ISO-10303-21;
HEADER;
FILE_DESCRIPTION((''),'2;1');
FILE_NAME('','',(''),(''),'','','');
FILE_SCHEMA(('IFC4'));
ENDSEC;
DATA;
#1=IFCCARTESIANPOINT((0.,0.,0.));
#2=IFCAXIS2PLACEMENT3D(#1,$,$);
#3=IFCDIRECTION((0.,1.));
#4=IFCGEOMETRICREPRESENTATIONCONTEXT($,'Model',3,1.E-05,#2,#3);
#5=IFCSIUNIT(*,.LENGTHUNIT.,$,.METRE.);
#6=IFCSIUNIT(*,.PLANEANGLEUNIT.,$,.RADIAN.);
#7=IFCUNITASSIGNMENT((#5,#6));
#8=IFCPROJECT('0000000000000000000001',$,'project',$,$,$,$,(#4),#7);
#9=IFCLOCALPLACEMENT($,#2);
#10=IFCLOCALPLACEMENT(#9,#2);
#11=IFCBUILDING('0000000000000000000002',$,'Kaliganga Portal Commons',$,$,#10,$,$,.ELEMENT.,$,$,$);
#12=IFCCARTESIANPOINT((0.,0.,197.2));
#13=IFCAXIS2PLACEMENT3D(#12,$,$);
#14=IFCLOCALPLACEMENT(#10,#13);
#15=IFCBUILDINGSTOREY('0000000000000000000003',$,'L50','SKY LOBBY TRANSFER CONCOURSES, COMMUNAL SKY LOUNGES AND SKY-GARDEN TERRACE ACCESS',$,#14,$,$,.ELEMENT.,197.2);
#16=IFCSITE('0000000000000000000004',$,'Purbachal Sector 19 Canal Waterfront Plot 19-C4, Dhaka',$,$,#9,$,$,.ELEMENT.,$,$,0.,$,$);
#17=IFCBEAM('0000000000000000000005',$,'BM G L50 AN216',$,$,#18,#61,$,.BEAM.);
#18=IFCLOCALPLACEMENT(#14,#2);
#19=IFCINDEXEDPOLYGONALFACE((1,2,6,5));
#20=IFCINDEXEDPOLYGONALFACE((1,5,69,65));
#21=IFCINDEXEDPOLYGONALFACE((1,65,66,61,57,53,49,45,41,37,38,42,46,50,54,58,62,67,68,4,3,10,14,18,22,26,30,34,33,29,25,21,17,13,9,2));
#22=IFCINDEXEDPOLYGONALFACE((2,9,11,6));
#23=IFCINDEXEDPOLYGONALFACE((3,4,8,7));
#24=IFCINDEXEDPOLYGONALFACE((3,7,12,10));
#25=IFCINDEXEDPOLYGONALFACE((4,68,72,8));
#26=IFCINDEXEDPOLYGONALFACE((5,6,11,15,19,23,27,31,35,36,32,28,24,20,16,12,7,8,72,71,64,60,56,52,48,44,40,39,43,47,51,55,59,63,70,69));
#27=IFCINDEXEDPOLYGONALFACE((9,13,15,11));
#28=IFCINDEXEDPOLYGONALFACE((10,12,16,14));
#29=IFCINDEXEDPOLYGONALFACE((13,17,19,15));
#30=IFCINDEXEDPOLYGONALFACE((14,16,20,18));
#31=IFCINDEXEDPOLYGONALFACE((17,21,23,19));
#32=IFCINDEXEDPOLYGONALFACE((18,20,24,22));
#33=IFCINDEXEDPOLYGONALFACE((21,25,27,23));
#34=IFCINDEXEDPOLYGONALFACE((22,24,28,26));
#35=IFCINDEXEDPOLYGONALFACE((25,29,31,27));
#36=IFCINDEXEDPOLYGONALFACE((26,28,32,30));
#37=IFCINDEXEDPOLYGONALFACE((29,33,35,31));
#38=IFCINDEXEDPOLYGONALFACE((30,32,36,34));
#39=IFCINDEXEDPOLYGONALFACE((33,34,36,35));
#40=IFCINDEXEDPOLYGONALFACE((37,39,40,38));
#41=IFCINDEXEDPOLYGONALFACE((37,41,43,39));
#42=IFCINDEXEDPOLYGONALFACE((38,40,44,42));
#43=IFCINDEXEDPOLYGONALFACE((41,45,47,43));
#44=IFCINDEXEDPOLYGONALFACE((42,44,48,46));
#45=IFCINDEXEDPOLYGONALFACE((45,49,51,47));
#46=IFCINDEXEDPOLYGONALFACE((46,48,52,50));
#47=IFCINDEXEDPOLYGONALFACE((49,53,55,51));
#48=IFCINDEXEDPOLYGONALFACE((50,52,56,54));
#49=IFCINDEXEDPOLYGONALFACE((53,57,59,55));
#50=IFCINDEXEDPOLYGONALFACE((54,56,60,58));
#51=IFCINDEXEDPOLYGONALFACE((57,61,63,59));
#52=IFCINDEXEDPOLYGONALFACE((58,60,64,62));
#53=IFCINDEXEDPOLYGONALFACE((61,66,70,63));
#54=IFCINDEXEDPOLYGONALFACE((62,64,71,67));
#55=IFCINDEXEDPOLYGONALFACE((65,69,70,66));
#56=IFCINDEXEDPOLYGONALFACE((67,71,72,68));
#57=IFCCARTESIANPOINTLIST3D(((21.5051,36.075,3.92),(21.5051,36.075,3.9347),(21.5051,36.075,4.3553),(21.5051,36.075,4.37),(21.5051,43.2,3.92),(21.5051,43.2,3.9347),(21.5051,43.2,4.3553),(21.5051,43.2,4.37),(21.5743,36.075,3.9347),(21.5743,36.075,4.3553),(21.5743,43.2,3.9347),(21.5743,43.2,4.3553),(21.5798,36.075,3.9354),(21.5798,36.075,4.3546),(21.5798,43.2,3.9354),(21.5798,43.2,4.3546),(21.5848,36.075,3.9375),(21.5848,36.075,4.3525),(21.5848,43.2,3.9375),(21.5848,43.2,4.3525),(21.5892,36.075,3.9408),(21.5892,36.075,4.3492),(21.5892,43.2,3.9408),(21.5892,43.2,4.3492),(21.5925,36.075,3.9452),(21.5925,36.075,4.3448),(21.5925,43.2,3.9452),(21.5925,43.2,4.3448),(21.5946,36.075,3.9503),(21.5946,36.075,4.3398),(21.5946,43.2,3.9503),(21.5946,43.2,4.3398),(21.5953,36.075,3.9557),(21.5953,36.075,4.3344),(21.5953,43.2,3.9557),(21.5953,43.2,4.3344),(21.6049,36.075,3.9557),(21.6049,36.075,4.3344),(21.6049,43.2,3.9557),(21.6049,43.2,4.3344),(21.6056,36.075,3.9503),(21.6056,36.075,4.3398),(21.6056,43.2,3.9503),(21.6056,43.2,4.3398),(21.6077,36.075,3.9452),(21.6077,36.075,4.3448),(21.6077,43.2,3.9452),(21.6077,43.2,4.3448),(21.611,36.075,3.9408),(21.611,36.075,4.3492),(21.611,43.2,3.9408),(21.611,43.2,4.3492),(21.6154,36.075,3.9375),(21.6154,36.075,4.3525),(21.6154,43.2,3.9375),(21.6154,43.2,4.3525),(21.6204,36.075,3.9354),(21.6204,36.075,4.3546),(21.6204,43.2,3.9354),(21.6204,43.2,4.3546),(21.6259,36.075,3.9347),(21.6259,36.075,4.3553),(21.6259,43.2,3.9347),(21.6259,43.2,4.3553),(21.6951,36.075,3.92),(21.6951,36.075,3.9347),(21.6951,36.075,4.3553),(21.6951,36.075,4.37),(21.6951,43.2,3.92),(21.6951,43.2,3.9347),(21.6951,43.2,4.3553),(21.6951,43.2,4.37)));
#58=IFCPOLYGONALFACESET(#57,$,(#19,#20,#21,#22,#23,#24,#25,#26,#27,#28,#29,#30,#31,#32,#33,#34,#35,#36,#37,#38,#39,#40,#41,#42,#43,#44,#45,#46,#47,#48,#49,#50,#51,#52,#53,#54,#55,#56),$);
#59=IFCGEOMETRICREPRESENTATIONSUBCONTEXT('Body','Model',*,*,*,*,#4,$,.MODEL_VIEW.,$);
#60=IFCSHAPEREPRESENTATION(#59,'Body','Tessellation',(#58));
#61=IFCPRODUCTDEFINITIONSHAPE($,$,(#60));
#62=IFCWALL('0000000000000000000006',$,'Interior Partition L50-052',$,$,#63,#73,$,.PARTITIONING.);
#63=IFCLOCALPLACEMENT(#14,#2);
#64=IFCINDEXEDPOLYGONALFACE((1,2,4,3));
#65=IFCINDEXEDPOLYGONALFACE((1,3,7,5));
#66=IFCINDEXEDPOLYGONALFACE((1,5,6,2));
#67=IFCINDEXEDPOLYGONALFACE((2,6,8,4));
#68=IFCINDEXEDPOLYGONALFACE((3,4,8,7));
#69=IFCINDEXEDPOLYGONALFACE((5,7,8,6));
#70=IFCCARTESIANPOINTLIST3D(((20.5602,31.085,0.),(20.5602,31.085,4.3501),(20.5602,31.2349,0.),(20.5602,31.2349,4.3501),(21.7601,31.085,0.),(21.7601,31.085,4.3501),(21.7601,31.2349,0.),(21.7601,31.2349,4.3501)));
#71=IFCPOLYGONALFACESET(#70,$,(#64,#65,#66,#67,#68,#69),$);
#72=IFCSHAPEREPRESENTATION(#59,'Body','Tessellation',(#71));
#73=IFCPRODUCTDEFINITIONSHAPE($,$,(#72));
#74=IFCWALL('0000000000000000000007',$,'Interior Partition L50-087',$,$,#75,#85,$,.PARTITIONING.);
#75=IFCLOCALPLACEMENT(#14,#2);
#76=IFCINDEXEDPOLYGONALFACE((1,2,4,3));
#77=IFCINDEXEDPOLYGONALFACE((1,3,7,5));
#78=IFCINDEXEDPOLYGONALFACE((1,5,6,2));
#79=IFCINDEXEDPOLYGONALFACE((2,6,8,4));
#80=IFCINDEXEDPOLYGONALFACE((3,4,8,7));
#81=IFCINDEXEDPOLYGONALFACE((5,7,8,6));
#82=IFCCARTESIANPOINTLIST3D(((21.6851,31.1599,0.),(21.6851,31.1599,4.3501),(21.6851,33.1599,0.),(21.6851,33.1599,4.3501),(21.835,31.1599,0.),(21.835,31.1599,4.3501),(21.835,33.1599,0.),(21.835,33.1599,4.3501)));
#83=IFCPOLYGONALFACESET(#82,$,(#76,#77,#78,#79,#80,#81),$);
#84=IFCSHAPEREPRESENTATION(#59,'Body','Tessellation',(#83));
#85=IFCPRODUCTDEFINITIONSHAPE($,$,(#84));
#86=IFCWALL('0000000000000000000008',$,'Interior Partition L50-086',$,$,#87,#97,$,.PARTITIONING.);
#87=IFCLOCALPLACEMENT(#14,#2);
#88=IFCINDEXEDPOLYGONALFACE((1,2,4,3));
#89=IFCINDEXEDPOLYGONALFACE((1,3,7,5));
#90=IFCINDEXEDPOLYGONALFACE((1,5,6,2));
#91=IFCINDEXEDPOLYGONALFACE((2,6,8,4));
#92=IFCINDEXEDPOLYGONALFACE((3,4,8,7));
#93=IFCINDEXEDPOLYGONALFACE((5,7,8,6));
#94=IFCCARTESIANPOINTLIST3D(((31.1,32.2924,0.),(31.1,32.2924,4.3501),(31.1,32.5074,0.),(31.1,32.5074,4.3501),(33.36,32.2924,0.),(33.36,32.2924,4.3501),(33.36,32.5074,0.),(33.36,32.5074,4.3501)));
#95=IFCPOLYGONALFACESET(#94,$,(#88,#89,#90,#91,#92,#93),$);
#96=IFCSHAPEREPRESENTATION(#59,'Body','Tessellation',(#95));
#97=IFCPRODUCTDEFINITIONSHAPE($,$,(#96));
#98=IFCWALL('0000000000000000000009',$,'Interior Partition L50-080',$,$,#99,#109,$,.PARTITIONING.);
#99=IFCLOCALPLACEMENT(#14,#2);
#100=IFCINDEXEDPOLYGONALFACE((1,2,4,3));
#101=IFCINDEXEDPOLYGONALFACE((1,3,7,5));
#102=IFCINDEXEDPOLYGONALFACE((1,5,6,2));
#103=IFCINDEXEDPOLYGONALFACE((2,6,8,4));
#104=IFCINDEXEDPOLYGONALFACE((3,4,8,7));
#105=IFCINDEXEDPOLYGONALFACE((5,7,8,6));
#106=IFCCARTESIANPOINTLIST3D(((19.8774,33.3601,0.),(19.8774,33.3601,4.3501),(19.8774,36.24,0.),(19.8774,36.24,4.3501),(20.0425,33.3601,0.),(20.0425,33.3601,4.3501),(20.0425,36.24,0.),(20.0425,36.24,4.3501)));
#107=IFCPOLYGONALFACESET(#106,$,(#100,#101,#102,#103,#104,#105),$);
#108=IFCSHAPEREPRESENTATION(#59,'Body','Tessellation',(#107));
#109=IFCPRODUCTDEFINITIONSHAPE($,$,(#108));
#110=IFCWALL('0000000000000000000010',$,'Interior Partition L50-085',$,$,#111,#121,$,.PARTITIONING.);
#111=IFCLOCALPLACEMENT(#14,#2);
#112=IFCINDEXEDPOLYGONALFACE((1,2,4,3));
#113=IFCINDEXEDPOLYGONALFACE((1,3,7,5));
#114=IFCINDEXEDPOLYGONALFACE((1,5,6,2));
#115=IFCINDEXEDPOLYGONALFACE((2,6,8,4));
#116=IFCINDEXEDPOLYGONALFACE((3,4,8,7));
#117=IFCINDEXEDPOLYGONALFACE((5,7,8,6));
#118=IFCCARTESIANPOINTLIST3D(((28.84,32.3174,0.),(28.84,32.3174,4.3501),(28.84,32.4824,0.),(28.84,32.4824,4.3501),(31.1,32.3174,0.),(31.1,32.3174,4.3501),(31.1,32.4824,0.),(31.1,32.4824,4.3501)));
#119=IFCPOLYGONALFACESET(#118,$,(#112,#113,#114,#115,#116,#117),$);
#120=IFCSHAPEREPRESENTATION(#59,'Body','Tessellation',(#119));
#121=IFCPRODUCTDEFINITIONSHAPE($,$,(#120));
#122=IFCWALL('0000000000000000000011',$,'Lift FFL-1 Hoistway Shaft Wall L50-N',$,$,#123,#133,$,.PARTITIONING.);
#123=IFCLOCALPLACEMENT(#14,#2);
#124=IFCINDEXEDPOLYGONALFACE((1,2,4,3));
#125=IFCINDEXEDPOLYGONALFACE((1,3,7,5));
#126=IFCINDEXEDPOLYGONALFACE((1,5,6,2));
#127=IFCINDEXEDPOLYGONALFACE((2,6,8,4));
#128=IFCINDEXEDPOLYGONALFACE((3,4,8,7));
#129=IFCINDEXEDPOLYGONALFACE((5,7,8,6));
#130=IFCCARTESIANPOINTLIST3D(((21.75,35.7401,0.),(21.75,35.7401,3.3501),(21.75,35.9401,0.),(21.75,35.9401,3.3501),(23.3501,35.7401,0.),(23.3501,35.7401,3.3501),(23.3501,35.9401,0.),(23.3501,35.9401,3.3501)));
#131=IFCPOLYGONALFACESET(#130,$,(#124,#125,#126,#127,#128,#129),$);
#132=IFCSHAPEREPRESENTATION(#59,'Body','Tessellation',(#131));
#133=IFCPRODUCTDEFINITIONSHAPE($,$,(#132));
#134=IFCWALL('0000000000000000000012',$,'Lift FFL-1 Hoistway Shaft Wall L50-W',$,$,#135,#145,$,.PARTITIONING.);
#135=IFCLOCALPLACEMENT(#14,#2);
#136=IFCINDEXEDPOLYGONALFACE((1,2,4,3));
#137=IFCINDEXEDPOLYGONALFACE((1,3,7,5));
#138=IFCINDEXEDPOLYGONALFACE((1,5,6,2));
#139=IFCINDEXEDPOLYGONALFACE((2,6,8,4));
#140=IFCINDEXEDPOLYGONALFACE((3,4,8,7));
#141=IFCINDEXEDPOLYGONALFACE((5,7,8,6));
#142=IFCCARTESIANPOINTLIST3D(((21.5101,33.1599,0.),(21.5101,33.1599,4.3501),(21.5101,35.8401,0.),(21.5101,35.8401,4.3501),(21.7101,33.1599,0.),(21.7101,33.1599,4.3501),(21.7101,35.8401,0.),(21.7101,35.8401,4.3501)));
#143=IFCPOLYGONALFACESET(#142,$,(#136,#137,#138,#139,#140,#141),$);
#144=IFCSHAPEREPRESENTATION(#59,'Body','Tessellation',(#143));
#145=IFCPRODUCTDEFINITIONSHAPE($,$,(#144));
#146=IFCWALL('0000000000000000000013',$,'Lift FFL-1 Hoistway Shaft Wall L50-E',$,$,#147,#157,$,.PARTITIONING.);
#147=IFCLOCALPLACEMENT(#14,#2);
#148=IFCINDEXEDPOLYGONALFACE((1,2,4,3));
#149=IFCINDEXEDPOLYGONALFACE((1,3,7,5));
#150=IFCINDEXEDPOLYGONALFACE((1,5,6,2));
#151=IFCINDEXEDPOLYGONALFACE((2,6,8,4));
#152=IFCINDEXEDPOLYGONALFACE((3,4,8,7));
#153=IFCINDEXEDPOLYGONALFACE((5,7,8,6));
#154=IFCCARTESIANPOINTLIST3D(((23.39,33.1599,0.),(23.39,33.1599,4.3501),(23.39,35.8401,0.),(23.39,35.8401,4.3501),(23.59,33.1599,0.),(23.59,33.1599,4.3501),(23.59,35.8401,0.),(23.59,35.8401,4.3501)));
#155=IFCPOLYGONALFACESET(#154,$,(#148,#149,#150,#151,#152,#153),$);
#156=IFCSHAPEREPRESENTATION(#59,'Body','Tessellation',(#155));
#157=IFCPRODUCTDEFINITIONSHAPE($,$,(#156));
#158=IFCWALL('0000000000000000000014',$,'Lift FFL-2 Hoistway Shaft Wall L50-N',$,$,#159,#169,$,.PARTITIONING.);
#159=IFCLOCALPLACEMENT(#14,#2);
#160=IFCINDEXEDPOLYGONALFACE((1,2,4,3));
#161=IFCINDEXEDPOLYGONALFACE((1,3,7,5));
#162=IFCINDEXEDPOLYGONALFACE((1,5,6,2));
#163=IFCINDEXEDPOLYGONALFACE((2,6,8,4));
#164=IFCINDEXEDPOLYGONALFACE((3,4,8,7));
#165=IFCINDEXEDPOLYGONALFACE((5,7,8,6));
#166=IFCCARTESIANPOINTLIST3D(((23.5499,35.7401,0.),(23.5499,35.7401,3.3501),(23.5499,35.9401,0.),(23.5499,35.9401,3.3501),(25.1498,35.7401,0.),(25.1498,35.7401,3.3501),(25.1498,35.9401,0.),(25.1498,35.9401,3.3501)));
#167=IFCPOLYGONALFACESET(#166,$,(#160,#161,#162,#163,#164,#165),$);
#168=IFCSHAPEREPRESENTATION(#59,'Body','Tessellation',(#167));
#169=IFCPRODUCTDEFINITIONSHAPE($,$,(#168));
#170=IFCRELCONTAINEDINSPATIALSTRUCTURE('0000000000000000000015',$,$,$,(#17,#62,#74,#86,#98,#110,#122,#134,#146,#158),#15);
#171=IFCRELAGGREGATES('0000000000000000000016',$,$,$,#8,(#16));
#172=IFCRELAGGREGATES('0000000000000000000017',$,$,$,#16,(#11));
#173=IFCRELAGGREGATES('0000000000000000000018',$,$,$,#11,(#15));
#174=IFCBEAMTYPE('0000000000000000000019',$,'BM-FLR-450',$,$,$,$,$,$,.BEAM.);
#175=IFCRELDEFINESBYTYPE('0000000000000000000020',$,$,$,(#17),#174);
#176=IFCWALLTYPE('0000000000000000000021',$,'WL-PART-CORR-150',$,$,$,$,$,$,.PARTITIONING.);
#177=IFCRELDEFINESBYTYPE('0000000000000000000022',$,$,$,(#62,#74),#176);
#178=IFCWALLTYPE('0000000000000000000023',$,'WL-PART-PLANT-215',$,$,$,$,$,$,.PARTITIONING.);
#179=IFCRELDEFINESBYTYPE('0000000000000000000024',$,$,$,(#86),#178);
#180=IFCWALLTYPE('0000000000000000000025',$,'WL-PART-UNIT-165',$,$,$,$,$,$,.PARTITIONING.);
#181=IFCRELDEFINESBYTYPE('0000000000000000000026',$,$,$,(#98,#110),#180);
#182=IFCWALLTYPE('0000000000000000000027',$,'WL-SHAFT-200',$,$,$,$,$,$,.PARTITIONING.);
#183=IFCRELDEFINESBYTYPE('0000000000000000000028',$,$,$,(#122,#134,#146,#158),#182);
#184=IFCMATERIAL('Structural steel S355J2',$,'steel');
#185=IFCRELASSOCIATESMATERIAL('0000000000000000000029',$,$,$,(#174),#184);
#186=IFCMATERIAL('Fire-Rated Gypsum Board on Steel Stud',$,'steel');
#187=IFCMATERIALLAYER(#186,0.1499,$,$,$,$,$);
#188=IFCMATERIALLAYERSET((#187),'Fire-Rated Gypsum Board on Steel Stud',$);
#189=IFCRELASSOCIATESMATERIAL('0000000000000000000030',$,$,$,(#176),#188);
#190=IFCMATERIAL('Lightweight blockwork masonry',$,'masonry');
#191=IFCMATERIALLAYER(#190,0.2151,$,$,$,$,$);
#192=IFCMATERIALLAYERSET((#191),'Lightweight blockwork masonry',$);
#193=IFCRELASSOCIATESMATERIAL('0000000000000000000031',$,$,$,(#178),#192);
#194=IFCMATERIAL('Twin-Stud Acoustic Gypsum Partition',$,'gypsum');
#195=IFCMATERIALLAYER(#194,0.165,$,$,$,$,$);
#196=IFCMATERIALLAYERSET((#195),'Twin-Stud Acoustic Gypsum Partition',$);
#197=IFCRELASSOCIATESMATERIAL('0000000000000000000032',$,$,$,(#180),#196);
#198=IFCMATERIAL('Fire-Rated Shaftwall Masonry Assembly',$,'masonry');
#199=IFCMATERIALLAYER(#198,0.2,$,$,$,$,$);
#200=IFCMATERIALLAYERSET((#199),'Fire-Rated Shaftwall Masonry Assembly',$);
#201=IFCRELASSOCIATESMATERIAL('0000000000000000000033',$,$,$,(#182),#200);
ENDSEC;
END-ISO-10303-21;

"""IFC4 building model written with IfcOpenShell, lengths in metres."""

from ifc_helpers import new_model, si_unit, direction, frame, frame_2d, origin, origin_2d, place, context, subcontext, project, spatial, rectangle, i_section, extrude, source, transform, mapped, material, layer, layer_set, material_profile, profile_set, type_object, element, save


model = new_model("IFC4")

# Units and contexts
model_context = context("Model", 3, precision=1e-05, world=origin(), true_north=direction((0.0, 1.0)))
body_context = subcontext(model_context, "Body", "Model", "MODEL_VIEW")
ifc_project = project(units=[si_unit("LENGTHUNIT", "METRE"), si_unit("PLANEANGLEUNIT", "RADIAN")], contexts=[model_context])

# Site, building, storey
site_placement = place(None, origin())
site = spatial("IfcSite", under=ifc_project, at=site_placement, Name="Purbachal Sector 19 Canal Waterfront Plot 19-C4, Dhaka", CompositionType="ELEMENT", RefElevation=0.0)
building_placement = place(site_placement, origin())
building = spatial("IfcBuilding", under=site, at=building_placement, Name="Kaliganga Portal Commons", CompositionType="ELEMENT")
storey_placement = place(building_placement, frame((0.0, 0.0, 197.2)))
storey = spatial("IfcBuildingStorey", under=building, at=storey_placement, Name="L50", Description="SKY LOBBY TRANSFER CONCOURSES, COMMUNAL SKY LOUNGES AND SKY-GARDEN TERRACE ACCESS", CompositionType="ELEMENT", Elevation=197.2)

# Beam
ifc_material_1 = material(Name="Structural steel S355J2", Category="steel")
ifc_material_profile = material_profile(ifc_material_1, i_section(OverallWidth=0.1899, OverallDepth=0.45, WebThickness=0.0095, FlangeThickness=0.0146, FilletRadius=0.021, at=origin_2d()), Name="IPE 450")
ifc_profile_set = profile_set([ifc_material_profile], Name="Structural steel S355J2 wide-flange")
beam_type = type_object("IfcBeamType", Name="BM-FLR-450", PredefinedType="BEAM", material=ifc_profile_set)
shared_shape = source(origin(), body_context, "Body", "SweptSolid", [
    extrude(i_section(OverallWidth=0.1899, OverallDepth=0.45, WebThickness=0.0095, FlangeThickness=0.0146, FilletRadius=0.021, at=origin_2d()), origin(), (0.0, 0.0, 1.0), 7.125),
])
beam_placement = place(storey_placement, frame((21.6001, 36.075, 4.145), z_axis=(0.0, 1.0, 0.0), x_axis=(-1.0, 0.0, 0.0)))
element("IfcBeam", 1, at=beam_placement, inside=storey, type_object=beam_type, Name="BM G L50 AN216", PredefinedType="BEAM", context=body_context, shape_type="MappedRepresentation", body=[
    mapped(shared_shape, transform((0.0, 0.0, 0.0), x_axis=(1.0, 0.0, 0.0), y_axis=(0.0, 1.0, 0.0), z_axis=(0.0, 0.0, 1.0), scale=1.0)),
])

# Walls
ifc_material_2 = material(Name="Fire-Rated Gypsum Board on Steel Stud", Category="steel")
ifc_layer_1 = layer(ifc_material_2, 0.1499)
ifc_layer_set_1 = layer_set([ifc_layer_1], Name="Fire-Rated Gypsum Board on Steel Stud")
wall_type_1 = type_object("IfcWallType", Name="WL-PART-CORR-150", PredefinedType="PARTITIONING", material=ifc_layer_set_1)
wall_1_placement = place(storey_placement, frame((20.5601, 31.1599, 0.0), z_axis=(0.0, 0.0, 1.0), x_axis=(1.0, 0.0, 0.0)))
element("IfcWall", 2, at=wall_1_placement, inside=storey, type_object=wall_type_1, Name="Interior Partition L50-052", PredefinedType="PARTITIONING", context=body_context, shape_type="SweptSolid", body=[
    extrude(rectangle(XDim=1.2, YDim=0.1499, at=frame_2d((0.6001, 0.0))), origin(), (0.0, 0.0, 1.0), 4.3501),
])
wall_2_placement = place(storey_placement, frame((21.76, 31.1599, 0.0), z_axis=(0.0, 0.0, 1.0), x_axis=(0.0, 1.0, 0.0)))
element("IfcWall", 3, at=wall_2_placement, inside=storey, type_object=wall_type_1, Name="Interior Partition L50-087", PredefinedType="PARTITIONING", context=body_context, shape_type="SweptSolid", body=[
    extrude(rectangle(XDim=2.0, YDim=0.1499, at=frame_2d((1.0, 0.0))), origin(), (0.0, 0.0, 1.0), 4.3501),
])
ifc_material_3 = material(Name="Lightweight blockwork masonry", Category="masonry")
ifc_layer_2 = layer(ifc_material_3, 0.2151)
ifc_layer_set_2 = layer_set([ifc_layer_2], Name="Lightweight blockwork masonry")
wall_type_2 = type_object("IfcWallType", Name="WL-PART-PLANT-215", PredefinedType="PARTITIONING", material=ifc_layer_set_2)
wall_3_placement = place(storey_placement, frame((31.1001, 32.3999, 0.0), z_axis=(0.0, 0.0, 1.0), x_axis=(1.0, 0.0, 0.0)))
element("IfcWall", 4, at=wall_3_placement, inside=storey, type_object=wall_type_2, Name="Interior Partition L50-086", PredefinedType="PARTITIONING", context=body_context, shape_type="SweptSolid", body=[
    extrude(rectangle(XDim=2.26, YDim=0.2151, at=frame_2d((1.1299, 0.0))), origin(), (0.0, 0.0, 1.0), 4.3501),
])
ifc_material_4 = material(Name="Twin-Stud Acoustic Gypsum Partition", Category="gypsum")
ifc_layer_3 = layer(ifc_material_4, 0.165)
ifc_layer_set_3 = layer_set([ifc_layer_3], Name="Twin-Stud Acoustic Gypsum Partition")
wall_type_3 = type_object("IfcWallType", Name="WL-PART-UNIT-165", PredefinedType="PARTITIONING", material=ifc_layer_set_3)
wall_4_placement = place(storey_placement, frame((19.96, 33.3601, 0.0), z_axis=(0.0, 0.0, 1.0), x_axis=(0.0, 1.0, 0.0)))
element("IfcWall", 5, at=wall_4_placement, inside=storey, type_object=wall_type_3, Name="Interior Partition L50-080", PredefinedType="PARTITIONING", context=body_context, shape_type="SweptSolid", body=[
    extrude(rectangle(XDim=2.8799, YDim=0.165, at=frame_2d((1.4399, 0.0))), origin(), (0.0, 0.0, 1.0), 4.3501),
])
wall_5_placement = place(storey_placement, frame((28.8401, 32.3999, 0.0), z_axis=(0.0, 0.0, 1.0), x_axis=(1.0, 0.0, 0.0)))
element("IfcWall", 6, at=wall_5_placement, inside=storey, type_object=wall_type_3, Name="Interior Partition L50-085", PredefinedType="PARTITIONING", context=body_context, shape_type="SweptSolid", body=[
    extrude(rectangle(XDim=2.26, YDim=0.165, at=frame_2d((1.1299, 0.0))), origin(), (0.0, 0.0, 1.0), 4.3501),
])

# Shared definitions
ifc_material_5 = material(Name="Fire-Rated Shaftwall Masonry Assembly", Category="masonry")
ifc_layer_4 = layer(ifc_material_5, 0.2)
ifc_layer_set_4 = layer_set([ifc_layer_4], Name="Fire-Rated Shaftwall Masonry Assembly")
wall_type_4 = type_object("IfcWallType", Name="WL-SHAFT-200", PredefinedType="PARTITIONING", material=ifc_layer_set_4)

# Walls
wall_6_placement = place(storey_placement, frame((21.75, 35.8401, 0.0), z_axis=(0.0, 0.0, 1.0), x_axis=(1.0, 0.0, 0.0)))
element("IfcWall", 7, at=wall_6_placement, inside=storey, type_object=wall_type_4, Name="Lift FFL-1 Hoistway Shaft Wall L50-N", PredefinedType="PARTITIONING", context=body_context, shape_type="SweptSolid", body=[
    extrude(rectangle(XDim=1.6001, YDim=0.2, at=frame_2d((0.8, 0.0))), origin(), (0.0, 0.0, 1.0), 3.3501),
])
for number, where, z_axis, x_axis, name in (
    (8, (21.6101, 33.1599, 0.0), (0.0, 0.0, 1.0), (0.0, 1.0, 0.0), "Lift FFL-1 Hoistway Shaft Wall L50-W"),
    (9, (23.49, 33.1599, 0.0), (0.0, 0.0, 1.0), (0.0, 1.0, 0.0), "Lift FFL-1 Hoistway Shaft Wall L50-E"),
):
    element("IfcWall", number, at=place(storey_placement, frame(where, z_axis=z_axis, x_axis=x_axis)), inside=storey, type_object=wall_type_4, Name=name, PredefinedType="PARTITIONING", context=body_context, shape_type="SweptSolid", body=[
        extrude(rectangle(XDim=2.6802, YDim=0.2, at=frame_2d((1.3401, 0.0))), origin(), (0.0, 0.0, 1.0), 4.3501),
    ])

# Wall
wall_7_placement = place(storey_placement, frame((23.55, 35.8401, 0.0), z_axis=(0.0, 0.0, 1.0), x_axis=(1.0, 0.0, 0.0)))
element("IfcWall", 10, at=wall_7_placement, inside=storey, type_object=wall_type_4, Name="Lift FFL-2 Hoistway Shaft Wall L50-N", PredefinedType="PARTITIONING", context=body_context, shape_type="SweptSolid", body=[
    extrude(rectangle(XDim=1.5999, YDim=0.2, at=frame_2d((0.7998, 0.0))), origin(), (0.0, 0.0, 1.0), 3.3501),
])

save(model, "model.ifc")
